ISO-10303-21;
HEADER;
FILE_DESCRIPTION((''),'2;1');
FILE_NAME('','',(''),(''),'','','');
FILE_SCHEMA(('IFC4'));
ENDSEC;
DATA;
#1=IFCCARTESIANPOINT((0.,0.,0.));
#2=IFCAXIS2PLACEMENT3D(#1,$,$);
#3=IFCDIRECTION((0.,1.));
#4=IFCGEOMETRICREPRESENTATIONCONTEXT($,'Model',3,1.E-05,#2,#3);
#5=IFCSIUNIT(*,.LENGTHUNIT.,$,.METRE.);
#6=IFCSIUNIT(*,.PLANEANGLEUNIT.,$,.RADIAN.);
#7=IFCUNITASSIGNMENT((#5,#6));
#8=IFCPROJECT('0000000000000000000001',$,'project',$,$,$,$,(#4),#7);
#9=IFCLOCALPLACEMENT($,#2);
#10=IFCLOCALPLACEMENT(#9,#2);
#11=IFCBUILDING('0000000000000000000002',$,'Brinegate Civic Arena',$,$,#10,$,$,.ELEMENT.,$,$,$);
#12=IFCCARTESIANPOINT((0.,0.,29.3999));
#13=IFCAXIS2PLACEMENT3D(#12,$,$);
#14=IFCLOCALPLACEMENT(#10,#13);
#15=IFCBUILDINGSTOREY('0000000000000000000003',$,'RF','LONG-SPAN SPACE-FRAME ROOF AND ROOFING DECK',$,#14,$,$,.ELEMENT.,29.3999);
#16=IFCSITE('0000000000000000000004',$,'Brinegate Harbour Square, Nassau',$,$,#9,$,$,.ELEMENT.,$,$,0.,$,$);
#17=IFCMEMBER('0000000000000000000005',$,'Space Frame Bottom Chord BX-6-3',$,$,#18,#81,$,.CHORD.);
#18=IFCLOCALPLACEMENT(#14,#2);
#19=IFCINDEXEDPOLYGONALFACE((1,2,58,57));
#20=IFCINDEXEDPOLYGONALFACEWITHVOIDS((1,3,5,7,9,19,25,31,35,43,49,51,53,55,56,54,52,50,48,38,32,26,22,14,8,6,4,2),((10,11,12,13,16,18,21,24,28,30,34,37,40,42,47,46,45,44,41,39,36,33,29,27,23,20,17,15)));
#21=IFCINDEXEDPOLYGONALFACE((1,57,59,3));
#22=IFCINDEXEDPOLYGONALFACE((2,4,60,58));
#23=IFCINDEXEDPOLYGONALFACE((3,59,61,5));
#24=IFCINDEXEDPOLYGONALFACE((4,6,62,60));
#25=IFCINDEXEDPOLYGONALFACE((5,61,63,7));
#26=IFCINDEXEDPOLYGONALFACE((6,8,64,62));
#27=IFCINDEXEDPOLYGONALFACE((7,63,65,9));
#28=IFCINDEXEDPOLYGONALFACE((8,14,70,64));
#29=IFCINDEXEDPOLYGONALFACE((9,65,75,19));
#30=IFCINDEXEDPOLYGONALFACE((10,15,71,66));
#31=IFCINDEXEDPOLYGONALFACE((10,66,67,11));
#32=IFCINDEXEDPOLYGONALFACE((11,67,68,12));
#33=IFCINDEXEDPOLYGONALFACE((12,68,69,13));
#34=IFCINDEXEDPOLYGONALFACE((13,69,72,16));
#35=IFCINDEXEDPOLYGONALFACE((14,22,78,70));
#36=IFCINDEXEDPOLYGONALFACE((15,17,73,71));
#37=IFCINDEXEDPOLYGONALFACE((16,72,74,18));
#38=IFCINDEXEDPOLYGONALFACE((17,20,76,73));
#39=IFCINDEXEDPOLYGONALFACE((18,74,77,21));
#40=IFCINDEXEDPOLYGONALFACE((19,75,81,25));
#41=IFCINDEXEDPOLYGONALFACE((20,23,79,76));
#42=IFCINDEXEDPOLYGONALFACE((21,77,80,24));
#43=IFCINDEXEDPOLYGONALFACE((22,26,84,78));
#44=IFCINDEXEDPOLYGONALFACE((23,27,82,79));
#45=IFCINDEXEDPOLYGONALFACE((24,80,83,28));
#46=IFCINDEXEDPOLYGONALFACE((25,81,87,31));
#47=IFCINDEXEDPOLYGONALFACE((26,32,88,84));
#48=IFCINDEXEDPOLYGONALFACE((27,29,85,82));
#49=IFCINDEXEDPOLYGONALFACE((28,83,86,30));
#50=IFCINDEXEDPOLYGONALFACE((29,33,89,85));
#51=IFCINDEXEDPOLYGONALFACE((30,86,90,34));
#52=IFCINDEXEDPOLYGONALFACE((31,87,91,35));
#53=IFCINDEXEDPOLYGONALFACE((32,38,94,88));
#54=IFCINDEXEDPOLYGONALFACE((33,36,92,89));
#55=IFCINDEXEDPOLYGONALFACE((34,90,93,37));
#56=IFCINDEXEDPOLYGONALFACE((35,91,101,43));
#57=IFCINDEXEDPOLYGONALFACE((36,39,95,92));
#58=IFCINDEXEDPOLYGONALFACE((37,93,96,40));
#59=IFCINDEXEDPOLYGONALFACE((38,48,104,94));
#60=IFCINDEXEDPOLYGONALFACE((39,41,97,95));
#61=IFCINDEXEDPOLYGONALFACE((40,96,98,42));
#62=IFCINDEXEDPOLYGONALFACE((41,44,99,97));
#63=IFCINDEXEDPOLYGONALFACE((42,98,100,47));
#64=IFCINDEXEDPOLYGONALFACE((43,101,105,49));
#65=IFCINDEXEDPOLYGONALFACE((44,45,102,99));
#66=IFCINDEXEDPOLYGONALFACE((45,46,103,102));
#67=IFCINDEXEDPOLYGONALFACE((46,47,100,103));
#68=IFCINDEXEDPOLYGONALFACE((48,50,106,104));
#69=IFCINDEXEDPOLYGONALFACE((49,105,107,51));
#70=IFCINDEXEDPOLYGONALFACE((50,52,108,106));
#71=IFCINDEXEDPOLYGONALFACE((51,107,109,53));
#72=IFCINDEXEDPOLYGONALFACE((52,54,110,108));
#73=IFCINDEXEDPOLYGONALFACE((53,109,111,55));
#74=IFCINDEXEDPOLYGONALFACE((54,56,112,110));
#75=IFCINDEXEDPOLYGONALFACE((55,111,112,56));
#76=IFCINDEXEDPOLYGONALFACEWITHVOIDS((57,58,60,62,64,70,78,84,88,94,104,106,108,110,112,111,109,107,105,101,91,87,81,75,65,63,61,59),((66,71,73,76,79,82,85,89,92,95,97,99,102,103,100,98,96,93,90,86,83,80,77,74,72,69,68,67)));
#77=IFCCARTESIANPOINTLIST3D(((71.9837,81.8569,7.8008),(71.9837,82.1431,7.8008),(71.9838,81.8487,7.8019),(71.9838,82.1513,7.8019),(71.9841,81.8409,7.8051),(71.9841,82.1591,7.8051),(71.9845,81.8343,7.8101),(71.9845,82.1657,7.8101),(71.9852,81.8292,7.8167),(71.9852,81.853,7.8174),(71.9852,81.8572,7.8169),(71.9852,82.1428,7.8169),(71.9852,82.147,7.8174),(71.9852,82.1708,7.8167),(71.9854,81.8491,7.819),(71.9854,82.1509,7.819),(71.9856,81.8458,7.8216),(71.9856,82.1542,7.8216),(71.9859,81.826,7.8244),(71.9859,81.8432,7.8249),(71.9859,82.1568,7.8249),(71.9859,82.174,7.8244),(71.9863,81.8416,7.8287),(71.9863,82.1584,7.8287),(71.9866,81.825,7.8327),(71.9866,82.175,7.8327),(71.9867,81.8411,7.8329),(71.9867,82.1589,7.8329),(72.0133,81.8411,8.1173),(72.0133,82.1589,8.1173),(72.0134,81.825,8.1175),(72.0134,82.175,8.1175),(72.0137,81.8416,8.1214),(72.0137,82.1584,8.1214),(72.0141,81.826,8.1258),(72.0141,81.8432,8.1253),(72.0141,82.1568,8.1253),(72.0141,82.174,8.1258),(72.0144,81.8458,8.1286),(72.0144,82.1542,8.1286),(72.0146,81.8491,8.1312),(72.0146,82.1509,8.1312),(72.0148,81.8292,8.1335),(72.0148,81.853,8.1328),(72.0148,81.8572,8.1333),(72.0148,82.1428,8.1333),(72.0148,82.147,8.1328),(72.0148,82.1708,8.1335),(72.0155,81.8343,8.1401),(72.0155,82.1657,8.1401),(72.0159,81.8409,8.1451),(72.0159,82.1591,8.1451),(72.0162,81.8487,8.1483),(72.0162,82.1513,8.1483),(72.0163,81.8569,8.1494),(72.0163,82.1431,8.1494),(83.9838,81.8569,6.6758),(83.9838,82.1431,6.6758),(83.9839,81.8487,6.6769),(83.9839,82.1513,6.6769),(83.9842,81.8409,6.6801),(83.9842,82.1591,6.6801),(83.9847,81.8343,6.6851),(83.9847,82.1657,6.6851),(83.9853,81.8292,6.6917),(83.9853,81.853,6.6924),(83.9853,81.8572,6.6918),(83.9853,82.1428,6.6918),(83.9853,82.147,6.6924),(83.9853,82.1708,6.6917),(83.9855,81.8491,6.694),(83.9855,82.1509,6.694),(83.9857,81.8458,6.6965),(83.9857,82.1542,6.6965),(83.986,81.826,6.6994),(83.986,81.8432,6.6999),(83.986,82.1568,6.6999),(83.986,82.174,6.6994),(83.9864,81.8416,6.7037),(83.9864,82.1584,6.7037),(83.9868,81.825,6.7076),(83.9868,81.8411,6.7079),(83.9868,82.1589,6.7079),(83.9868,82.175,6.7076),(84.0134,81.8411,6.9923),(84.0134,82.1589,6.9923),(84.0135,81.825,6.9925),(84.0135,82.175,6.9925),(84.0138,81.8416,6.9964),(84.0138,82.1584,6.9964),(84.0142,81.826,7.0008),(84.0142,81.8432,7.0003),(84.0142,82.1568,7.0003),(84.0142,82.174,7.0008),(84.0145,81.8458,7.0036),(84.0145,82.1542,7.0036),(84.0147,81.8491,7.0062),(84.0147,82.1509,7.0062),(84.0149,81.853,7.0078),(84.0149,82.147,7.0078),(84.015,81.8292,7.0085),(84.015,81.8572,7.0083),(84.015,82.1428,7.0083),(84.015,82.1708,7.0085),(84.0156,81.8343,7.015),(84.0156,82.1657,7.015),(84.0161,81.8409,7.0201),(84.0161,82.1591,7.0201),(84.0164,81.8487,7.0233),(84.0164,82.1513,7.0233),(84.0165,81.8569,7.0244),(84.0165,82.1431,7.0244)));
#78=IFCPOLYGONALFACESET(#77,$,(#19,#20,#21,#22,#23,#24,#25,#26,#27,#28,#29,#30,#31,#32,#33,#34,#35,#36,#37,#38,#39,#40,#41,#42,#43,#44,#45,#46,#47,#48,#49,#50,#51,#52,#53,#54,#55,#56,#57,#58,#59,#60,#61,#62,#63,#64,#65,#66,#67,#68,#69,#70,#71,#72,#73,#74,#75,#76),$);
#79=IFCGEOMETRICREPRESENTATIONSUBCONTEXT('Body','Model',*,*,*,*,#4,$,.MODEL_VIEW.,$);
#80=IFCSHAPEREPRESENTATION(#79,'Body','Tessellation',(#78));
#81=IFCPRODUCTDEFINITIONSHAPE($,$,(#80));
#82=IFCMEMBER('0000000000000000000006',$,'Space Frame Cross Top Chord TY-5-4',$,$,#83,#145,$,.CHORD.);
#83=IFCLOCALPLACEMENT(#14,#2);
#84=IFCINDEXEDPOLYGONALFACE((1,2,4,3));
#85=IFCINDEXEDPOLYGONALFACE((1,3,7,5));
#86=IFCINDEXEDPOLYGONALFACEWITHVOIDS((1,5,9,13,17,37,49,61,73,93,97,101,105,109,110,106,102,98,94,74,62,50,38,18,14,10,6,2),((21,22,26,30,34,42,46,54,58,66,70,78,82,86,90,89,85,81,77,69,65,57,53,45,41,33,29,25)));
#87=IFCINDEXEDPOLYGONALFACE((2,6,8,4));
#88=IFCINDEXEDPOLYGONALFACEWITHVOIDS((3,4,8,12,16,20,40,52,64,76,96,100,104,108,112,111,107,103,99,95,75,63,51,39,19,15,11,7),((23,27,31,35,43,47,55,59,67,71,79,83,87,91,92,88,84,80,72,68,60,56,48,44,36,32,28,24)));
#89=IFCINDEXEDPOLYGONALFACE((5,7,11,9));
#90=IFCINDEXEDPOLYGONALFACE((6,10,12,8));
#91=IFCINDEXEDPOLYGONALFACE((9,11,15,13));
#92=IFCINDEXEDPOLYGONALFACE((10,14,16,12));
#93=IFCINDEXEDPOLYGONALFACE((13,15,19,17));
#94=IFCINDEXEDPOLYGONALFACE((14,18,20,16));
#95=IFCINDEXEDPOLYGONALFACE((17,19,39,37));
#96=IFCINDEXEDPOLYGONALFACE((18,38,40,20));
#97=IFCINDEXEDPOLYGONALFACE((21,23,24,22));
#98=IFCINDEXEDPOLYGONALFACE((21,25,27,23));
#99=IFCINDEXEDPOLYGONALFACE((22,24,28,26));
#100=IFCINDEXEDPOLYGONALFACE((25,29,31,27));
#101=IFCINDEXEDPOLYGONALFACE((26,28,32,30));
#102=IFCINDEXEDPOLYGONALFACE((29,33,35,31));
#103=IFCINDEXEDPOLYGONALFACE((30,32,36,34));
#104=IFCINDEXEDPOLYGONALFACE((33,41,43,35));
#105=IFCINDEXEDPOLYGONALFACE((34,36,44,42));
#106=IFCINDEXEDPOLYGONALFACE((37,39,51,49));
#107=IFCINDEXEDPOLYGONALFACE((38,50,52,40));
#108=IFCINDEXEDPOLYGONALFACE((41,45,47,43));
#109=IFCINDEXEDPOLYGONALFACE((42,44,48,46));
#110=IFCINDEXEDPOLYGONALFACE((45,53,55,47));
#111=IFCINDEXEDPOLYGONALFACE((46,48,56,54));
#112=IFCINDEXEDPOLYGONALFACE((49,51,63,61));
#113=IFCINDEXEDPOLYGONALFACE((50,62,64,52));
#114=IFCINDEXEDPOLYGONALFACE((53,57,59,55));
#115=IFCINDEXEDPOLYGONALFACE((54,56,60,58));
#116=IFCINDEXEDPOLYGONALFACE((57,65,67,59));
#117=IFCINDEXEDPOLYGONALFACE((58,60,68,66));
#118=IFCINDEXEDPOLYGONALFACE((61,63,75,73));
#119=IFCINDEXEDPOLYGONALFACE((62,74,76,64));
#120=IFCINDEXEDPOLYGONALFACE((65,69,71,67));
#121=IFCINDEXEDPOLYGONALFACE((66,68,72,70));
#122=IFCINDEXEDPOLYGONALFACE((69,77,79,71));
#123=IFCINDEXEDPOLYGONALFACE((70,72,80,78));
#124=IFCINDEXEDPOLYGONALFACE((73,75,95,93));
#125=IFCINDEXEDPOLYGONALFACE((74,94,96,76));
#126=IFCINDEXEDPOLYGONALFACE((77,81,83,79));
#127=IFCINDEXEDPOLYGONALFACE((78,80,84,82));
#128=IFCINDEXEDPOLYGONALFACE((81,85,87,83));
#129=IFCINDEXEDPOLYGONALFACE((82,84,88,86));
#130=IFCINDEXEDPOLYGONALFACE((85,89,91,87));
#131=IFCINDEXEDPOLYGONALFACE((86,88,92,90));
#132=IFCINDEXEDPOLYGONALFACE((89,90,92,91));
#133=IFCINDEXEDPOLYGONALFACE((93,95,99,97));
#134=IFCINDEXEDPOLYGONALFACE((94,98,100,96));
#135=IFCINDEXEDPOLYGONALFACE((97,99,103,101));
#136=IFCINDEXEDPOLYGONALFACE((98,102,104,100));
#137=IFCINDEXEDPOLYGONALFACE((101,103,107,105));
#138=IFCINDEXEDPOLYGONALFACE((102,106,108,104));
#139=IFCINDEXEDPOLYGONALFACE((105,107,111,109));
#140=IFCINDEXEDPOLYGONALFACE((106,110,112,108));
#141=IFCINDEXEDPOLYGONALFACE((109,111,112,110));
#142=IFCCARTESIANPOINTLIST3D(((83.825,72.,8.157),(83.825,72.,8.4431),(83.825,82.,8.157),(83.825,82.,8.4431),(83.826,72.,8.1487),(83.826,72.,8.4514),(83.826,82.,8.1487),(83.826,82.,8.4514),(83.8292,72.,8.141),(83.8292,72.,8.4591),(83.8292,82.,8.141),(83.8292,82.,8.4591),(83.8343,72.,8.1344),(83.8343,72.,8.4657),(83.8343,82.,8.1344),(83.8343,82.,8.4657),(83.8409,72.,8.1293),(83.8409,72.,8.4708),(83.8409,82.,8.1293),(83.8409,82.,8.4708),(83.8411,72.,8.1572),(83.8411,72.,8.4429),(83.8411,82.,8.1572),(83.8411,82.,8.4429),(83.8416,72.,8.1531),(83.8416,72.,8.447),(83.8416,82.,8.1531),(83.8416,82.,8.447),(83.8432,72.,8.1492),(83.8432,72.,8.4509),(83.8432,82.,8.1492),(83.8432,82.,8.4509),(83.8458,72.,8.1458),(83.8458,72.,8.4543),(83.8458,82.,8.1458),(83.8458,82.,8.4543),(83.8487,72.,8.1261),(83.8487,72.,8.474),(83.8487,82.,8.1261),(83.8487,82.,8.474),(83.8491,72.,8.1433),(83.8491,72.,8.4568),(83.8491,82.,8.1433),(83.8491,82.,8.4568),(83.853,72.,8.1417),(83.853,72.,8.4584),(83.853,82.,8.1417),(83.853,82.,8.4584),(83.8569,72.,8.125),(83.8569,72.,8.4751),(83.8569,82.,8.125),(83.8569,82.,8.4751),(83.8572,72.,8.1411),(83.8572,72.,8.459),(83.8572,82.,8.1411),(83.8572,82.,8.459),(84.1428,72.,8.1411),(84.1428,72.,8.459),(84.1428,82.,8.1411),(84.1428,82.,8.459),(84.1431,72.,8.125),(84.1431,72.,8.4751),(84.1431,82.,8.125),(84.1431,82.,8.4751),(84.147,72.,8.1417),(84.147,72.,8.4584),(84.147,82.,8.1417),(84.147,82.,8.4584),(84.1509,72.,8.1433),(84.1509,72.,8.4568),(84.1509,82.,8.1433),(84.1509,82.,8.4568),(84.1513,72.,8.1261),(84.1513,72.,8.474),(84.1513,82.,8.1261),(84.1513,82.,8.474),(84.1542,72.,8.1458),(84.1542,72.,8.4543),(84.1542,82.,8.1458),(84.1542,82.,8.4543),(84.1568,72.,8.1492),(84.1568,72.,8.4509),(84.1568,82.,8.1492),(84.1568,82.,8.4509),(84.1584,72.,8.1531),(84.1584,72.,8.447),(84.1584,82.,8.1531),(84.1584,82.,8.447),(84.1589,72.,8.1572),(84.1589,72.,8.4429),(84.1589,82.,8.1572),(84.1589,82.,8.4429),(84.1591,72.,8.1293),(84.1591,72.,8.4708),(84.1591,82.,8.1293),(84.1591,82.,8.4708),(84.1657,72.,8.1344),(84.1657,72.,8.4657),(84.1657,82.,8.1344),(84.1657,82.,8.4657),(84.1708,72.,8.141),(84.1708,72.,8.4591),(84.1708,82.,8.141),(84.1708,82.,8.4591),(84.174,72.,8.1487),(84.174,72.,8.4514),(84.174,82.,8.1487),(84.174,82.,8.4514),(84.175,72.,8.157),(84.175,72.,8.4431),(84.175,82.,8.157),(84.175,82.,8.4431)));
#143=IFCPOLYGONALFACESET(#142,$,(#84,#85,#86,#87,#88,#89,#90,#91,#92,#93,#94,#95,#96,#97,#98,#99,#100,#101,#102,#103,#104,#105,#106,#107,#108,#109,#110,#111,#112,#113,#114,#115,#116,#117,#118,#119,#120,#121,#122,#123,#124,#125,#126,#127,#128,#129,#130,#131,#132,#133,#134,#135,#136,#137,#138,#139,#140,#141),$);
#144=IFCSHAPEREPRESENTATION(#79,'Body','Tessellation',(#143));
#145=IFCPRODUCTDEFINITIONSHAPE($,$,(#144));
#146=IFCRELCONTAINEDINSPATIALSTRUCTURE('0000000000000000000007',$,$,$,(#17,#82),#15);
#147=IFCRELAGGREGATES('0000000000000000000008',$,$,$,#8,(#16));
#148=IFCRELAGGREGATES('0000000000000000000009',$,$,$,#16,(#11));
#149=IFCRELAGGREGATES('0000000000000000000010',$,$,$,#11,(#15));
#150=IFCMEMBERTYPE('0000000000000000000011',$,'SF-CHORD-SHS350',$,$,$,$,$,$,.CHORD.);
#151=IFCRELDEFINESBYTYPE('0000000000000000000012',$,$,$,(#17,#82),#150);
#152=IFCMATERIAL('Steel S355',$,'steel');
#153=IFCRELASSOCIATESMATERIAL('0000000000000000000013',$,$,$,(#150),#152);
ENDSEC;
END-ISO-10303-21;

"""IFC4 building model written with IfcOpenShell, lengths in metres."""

from ifc_helpers import new_model, si_unit, direction, frame, origin, origin_2d, place, context, subcontext, project, spatial, hollow_rectangle, extrude, material, material_profile, profile_set, type_object, element, save


model = new_model("IFC4")

# Units and contexts
model_context = context("Model", 3, precision=1e-05, world=origin(), true_north=direction((0.0, 1.0)))
body_context = subcontext(model_context, "Body", "Model", "MODEL_VIEW")
ifc_project = project(units=[si_unit("LENGTHUNIT", "METRE"), si_unit("PLANEANGLEUNIT", "RADIAN")], contexts=[model_context])

# Site, building, storey
site_placement = place(None, origin())
site = spatial("IfcSite", under=ifc_project, at=site_placement, Name="Brinegate Harbour Square, Nassau", CompositionType="ELEMENT", RefElevation=0.0)
building_placement = place(site_placement, origin())
building = spatial("IfcBuilding", under=site, at=building_placement, Name="Brinegate Civic Arena", CompositionType="ELEMENT")
storey_placement = place(building_placement, frame((0.0, 0.0, 29.3999)))
storey = spatial("IfcBuildingStorey", under=building, at=storey_placement, Name="RF", Description="LONG-SPAN SPACE-FRAME ROOF AND ROOFING DECK", CompositionType="ELEMENT", Elevation=29.3999)

# Members
ifc_material = material(Name="Steel S355", Category="steel")
ifc_material_profile_1 = material_profile(ifc_material, hollow_rectangle(XDim=0.3501, YDim=0.3501, WallThickness=0.0161, InnerFilletRadius=0.0161, OuterFilletRadius=0.032, at=origin_2d()), Name="SHS350X16")
ifc_profile_set_1 = profile_set([ifc_material_profile_1], Name="Steel S355")
member_type_1 = type_object("IfcMemberType", Name="SF-CHORD-SHS350", PredefinedType="CHORD", material=ifc_profile_set_1)
member_1_placement = place(storey_placement, frame((72.0, 82.0, 7.9751), z_axis=(0.995634, 0.0, -0.093341), x_axis=(0.0, 1.0, 0.0)))
element("IfcMember", 1, at=member_1_placement, inside=storey, type_object=member_type_1, Name="Space Frame Bottom Chord BX-6-3", PredefinedType="CHORD", context=body_context, shape_type="SweptSolid", body=[
    extrude(hollow_rectangle(XDim=0.3501, YDim=0.3501, WallThickness=0.0161, InnerFilletRadius=0.0161, OuterFilletRadius=0.032, at=origin_2d()), origin(), (0.0, 0.0, 1.0), 12.0527),
])
for number, where, z_axis, x_axis, name in (
    (2, (84.0, 72.0, 8.3), (0.0, 1.0, 0.0), (-1.0, 0.0, 0.0), "Space Frame Cross Top Chord TY-5-4"),
):
    element("IfcMember", number, at=place(storey_placement, frame(where, z_axis=z_axis, x_axis=x_axis)), inside=storey, type_object=member_type_1, Name=name, PredefinedType="CHORD", context=body_context, shape_type="SweptSolid", body=[
        extrude(hollow_rectangle(XDim=0.3501, YDim=0.3501, WallThickness=0.0161, InnerFilletRadius=0.0161, OuterFilletRadius=0.032, at=origin_2d()), origin(), (0.0, 0.0, 1.0), 10.0),
    ])

save(model, "model.ifc")
